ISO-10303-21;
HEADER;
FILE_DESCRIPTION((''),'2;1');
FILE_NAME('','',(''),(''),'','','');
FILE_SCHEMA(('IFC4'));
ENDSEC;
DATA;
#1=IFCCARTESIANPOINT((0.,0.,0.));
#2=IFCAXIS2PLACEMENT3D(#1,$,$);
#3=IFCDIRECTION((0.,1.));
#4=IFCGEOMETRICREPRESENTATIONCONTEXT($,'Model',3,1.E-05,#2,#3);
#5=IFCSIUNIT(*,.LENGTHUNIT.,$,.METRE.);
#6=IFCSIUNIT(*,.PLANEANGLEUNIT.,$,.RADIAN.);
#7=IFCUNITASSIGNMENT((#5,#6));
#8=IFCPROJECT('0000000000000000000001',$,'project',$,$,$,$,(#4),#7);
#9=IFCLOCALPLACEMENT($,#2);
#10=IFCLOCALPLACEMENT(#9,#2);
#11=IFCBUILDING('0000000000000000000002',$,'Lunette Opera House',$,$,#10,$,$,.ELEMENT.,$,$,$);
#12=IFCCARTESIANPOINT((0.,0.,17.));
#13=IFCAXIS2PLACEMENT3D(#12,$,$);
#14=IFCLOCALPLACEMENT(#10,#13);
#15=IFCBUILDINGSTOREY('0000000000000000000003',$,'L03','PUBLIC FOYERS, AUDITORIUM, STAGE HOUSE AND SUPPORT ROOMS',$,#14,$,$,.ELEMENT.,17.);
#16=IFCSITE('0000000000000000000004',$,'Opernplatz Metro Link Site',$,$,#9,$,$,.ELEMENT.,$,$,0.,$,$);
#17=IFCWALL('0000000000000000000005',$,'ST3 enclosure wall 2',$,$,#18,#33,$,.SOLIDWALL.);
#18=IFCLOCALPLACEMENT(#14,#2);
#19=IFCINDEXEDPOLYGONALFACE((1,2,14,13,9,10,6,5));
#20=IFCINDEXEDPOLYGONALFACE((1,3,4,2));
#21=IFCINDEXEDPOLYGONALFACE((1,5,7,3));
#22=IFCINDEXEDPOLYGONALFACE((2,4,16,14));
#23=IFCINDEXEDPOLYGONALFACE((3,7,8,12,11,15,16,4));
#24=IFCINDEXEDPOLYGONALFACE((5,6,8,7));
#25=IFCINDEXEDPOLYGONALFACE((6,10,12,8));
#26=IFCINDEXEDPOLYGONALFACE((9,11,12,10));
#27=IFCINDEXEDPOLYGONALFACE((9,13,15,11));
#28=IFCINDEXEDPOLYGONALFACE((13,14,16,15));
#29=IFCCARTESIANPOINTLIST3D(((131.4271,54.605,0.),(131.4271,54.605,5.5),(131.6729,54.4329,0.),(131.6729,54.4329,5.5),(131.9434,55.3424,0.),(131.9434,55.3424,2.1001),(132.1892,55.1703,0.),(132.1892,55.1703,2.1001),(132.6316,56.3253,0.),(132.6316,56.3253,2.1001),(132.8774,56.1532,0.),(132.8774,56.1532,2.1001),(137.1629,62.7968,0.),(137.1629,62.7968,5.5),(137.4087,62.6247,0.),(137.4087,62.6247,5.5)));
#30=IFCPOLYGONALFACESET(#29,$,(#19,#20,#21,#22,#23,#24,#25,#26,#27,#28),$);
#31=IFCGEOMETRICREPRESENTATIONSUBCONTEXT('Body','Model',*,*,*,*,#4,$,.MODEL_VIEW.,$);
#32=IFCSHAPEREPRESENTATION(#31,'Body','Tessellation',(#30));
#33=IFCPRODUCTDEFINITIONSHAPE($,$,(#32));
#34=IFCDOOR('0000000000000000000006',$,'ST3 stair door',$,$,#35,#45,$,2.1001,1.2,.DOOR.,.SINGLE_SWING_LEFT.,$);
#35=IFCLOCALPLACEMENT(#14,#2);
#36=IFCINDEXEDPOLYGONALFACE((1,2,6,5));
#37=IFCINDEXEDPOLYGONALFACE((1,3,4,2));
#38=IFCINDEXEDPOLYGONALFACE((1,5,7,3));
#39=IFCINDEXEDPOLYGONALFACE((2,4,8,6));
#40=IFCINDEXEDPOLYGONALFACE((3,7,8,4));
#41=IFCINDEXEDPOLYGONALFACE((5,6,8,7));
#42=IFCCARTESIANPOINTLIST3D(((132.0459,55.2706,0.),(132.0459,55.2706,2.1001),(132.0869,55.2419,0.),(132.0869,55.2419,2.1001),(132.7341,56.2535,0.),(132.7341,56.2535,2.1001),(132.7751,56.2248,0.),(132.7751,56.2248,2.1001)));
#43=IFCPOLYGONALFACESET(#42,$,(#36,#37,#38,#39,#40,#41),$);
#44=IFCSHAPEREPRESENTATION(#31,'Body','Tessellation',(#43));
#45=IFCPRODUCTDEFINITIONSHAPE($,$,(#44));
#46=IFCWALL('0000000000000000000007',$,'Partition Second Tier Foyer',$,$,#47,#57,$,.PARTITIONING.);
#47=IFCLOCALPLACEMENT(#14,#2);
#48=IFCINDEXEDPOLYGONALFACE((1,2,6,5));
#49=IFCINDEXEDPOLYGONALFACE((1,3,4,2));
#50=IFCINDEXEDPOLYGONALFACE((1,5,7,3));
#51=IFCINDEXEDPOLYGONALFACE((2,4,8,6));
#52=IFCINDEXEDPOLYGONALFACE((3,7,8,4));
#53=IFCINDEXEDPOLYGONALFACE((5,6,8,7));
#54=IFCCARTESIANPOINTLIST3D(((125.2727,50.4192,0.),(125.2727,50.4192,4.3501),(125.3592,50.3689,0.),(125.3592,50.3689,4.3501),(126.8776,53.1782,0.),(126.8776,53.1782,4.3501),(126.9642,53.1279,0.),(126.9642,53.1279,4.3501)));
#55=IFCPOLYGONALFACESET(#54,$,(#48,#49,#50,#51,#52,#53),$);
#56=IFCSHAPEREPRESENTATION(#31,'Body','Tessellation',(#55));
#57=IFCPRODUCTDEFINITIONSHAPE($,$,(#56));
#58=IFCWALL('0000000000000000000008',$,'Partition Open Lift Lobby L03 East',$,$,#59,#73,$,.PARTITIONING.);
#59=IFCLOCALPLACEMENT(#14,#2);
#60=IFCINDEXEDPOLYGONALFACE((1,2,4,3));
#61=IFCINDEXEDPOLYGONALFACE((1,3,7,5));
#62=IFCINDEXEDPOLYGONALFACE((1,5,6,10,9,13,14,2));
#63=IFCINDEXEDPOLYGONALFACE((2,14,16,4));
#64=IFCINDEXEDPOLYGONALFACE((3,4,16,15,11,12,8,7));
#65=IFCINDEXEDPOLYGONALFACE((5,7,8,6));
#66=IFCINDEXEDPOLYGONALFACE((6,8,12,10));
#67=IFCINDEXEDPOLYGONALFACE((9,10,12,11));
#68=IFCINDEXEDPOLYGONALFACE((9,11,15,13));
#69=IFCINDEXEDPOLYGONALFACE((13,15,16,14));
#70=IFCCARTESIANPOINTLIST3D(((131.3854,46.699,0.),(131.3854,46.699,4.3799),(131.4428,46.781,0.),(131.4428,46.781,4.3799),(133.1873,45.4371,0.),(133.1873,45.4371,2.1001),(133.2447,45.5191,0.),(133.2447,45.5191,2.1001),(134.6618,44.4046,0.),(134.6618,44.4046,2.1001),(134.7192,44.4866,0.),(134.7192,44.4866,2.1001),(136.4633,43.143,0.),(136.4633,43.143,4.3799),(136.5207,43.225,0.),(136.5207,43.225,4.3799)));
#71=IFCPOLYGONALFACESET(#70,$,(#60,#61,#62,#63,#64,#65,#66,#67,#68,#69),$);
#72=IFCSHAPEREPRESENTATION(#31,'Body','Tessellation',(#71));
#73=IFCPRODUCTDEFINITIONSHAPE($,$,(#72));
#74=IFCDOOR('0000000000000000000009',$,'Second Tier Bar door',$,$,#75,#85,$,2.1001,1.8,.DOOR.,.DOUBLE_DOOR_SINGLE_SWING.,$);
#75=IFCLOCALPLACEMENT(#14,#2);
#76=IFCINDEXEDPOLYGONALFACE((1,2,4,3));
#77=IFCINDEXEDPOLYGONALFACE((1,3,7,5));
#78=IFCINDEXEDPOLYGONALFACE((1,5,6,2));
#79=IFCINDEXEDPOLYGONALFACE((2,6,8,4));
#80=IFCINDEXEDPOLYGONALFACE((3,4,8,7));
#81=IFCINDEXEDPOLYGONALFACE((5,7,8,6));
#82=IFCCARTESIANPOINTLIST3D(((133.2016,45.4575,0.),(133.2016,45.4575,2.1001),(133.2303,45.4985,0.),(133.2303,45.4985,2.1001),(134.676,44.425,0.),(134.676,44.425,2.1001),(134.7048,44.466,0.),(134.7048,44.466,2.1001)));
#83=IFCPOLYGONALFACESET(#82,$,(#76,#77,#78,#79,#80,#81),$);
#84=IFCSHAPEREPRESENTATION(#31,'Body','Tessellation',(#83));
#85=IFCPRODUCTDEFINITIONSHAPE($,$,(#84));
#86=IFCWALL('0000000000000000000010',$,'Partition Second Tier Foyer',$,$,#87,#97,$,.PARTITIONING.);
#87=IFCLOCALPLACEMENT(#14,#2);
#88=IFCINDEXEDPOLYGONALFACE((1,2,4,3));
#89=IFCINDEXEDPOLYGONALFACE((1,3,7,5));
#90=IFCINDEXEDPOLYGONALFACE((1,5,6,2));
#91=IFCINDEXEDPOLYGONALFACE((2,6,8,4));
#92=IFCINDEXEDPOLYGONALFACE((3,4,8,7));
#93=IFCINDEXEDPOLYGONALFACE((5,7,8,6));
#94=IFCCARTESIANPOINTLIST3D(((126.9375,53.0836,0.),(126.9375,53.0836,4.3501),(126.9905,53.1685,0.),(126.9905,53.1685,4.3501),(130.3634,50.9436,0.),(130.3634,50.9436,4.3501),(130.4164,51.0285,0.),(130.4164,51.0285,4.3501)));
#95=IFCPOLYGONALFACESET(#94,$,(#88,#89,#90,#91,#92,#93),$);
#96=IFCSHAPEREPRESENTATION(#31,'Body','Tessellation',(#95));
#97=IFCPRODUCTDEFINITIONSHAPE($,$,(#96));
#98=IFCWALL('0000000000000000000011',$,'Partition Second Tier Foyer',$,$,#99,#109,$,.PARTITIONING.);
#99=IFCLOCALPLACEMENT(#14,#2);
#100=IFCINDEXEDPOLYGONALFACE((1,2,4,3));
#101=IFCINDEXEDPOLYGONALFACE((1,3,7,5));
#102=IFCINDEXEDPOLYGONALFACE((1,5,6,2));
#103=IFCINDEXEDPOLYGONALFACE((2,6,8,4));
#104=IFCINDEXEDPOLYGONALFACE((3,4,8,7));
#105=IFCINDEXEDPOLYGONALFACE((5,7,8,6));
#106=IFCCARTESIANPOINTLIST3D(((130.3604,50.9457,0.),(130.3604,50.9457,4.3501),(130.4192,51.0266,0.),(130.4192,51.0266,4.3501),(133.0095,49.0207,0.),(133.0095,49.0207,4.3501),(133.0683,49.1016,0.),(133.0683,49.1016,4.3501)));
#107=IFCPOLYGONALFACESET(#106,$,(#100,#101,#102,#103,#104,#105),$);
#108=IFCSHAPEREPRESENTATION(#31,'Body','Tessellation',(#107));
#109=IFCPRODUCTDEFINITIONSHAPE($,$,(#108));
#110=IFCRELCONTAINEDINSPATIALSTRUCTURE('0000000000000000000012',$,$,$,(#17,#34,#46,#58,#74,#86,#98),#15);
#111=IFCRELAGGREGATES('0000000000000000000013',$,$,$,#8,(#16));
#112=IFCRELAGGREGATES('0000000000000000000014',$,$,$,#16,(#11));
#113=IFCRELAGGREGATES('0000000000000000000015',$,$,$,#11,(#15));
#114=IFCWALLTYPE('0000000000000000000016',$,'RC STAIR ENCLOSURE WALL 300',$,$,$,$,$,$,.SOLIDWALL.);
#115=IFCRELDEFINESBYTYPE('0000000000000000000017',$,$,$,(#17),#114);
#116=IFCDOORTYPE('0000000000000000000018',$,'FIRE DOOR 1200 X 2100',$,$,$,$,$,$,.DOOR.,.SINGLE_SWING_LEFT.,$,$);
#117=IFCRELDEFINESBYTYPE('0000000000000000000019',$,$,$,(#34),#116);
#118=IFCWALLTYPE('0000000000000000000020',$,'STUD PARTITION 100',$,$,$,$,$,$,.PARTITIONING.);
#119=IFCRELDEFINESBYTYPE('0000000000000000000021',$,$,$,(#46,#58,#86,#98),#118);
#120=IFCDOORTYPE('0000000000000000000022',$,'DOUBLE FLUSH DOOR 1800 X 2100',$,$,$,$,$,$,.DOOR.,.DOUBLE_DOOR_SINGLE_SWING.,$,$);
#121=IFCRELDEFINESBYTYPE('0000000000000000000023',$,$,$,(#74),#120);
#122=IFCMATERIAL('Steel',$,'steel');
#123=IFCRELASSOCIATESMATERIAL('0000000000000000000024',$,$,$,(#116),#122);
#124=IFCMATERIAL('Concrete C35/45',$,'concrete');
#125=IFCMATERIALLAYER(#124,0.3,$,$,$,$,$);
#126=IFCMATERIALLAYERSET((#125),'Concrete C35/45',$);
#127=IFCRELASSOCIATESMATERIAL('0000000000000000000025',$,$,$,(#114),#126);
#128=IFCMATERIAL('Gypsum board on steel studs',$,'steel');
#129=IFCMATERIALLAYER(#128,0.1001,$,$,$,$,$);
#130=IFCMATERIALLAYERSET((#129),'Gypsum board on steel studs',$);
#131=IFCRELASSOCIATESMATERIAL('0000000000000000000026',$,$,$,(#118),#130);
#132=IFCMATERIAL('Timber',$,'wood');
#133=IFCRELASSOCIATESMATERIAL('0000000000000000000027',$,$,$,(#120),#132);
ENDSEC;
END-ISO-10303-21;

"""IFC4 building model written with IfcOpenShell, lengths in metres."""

from ifc_helpers import new_model, si_unit, direction, frame, frame_2d, origin, place, context, subcontext, project, spatial, rectangle, extrude, material, layer, layer_set, type_object, element, fill, save


model = new_model("IFC4")

# Units and contexts
model_context = context("Model", 3, precision=1e-05, world=origin(), true_north=direction((0.0, 1.0)))
body_context = subcontext(model_context, "Body", "Model", "MODEL_VIEW")
ifc_project = project(units=[si_unit("LENGTHUNIT", "METRE"), si_unit("PLANEANGLEUNIT", "RADIAN")], contexts=[model_context])

# Site, building, storey
site_placement = place(None, origin())
site = spatial("IfcSite", under=ifc_project, at=site_placement, Name="Opernplatz Metro Link Site", CompositionType="ELEMENT", RefElevation=0.0)
building_placement = place(site_placement, origin())
building = spatial("IfcBuilding", under=site, at=building_placement, Name="Lunette Opera House", CompositionType="ELEMENT")
storey_placement = place(building_placement, frame((0.0, 0.0, 17.0)))
storey = spatial("IfcBuildingStorey", under=building, at=storey_placement, Name="L03", Description="PUBLIC FOYERS, AUDITORIUM, STAGE HOUSE AND SUPPORT ROOMS", CompositionType="ELEMENT", Elevation=17.0)

# Shared definitions
ifc_material_1 = material(Name="Steel", Category="steel")
door_type_1 = type_object("IfcDoorType", Name="FIRE DOOR 1200 X 2100", OperationType="SINGLE_SWING_LEFT", PredefinedType="DOOR", material=ifc_material_1)

# Wall, opening, door
ifc_material_2 = material(Name="Concrete C35/45", Category="concrete")
ifc_layer_1 = layer(ifc_material_2, 0.3)
ifc_layer_set_1 = layer_set([ifc_layer_1], Name="Concrete C35/45")
wall_type_1 = type_object("IfcWallType", Name="RC STAIR ENCLOSURE WALL 300", PredefinedType="SOLIDWALL", material=ifc_layer_set_1)
wall_1_placement = place(storey_placement, frame((131.55, 54.519, 0.0), z_axis=(0.0, 0.0, 1.0), x_axis=(0.573564, 0.819161, 0.0)))
wall_1 = element("IfcWall", 1, at=wall_1_placement, inside=storey, type_object=wall_type_1, Name="ST3 enclosure wall 2", PredefinedType="SOLIDWALL", context=body_context, shape_type="SweptSolid", body=[
    extrude(rectangle(XDim=10.0002, YDim=0.3, at=frame_2d((5.0, 0.0))), origin(), (0.0, 0.0, 1.0), 5.5),
])
opening_1_placement = place(wall_1_placement, frame((0.8999, 0.0, 0.0)))
opening_1 = element("IfcOpeningElement", 2, at=opening_1_placement, cuts=wall_1, PredefinedType="OPENING", context=body_context, shape_type="SweptSolid", body=[
    extrude(rectangle(XDim=1.2, YDim=2.1001, at=frame_2d((0.6001, 1.05))), frame((0.0, 0.1621, 0.0), z_axis=(0.0, -1.0, 0.0), x_axis=(1.0, 0.0, 0.0)), (0.0, 0.0, 1.0), 0.324),
])
door_1_placement = place(opening_1_placement, origin())
door_1 = element("IfcDoor", 3, at=door_1_placement, inside=storey, type_object=door_type_1, Name="ST3 stair door", OperationType="SINGLE_SWING_LEFT", OverallHeight=2.1001, OverallWidth=1.2, PredefinedType="DOOR", context=body_context, shape_type="SweptSolid", body=[
    extrude(rectangle(XDim=1.2, YDim=2.1001, at=frame_2d((0.6001, 1.05))), frame((0.0, 0.0249, 0.0), z_axis=(0.0, -1.0, 0.0), x_axis=(1.0, 0.0, 0.0)), (0.0, 0.0, 1.0), 0.05),
])
fill(opening_1, door_1)

# Wall
ifc_material_3 = material(Name="Gypsum board on steel studs", Category="steel")
ifc_layer_2 = layer(ifc_material_3, 0.1001)
ifc_layer_set_2 = layer_set([ifc_layer_2], Name="Gypsum board on steel studs")
wall_type_2 = type_object("IfcWallType", Name="STUD PARTITION 100", PredefinedType="PARTITIONING", material=ifc_layer_set_2)
wall_2_placement = place(storey_placement, frame((125.3159, 50.394, 0.0), z_axis=(0.0, 0.0, 1.0), x_axis=(0.502829, 0.864386, 0.0)))
element("IfcWall", 4, at=wall_2_placement, inside=storey, type_object=wall_type_2, Name="Partition Second Tier Foyer", PredefinedType="PARTITIONING", context=body_context, shape_type="SweptSolid", body=[
    extrude(rectangle(XDim=3.1919, YDim=0.1001, at=frame_2d((1.5959, 0.0))), origin(), (0.0, 0.0, 1.0), 4.3501),
])

# Wall, opening, door
wall_3_placement = place(storey_placement, frame((131.4141, 46.74, 0.0), z_axis=(0.0, 0.0, 1.0), x_axis=(0.819126, -0.573613, 0.0)))
wall_3 = element("IfcWall", 5, at=wall_3_placement, inside=storey, type_object=wall_type_2, Name="Partition Open Lift Lobby L03 East", PredefinedType="PARTITIONING", context=body_context, shape_type="SweptSolid", body=[
    extrude(rectangle(XDim=6.1992, YDim=0.1001, at=frame_2d((3.0996, 0.0))), origin(), (0.0, 0.0, 1.0), 4.3799),
])
opening_2_placement = place(wall_3_placement, frame((2.2, 0.0, 0.0)))
opening_2 = element("IfcOpeningElement", 6, at=opening_2_placement, cuts=wall_3, PredefinedType="OPENING", context=body_context, shape_type="SweptSolid", body=[
    extrude(rectangle(XDim=1.8, YDim=2.1001, at=frame_2d((0.8999, 1.05))), frame((0.0, 0.062, 0.0), z_axis=(0.0, -1.0, 0.0), x_axis=(1.0, 0.0, 0.0)), (0.0, 0.0, 1.0), 0.124),
])
ifc_material_4 = material(Name="Timber", Category="wood")
door_type_2 = type_object("IfcDoorType", Name="DOUBLE FLUSH DOOR 1800 X 2100", OperationType="DOUBLE_DOOR_SINGLE_SWING", PredefinedType="DOOR", material=ifc_material_4)
door_2_placement = place(opening_2_placement, origin())
door_2 = element("IfcDoor", 7, at=door_2_placement, inside=storey, type_object=door_type_2, Name="Second Tier Bar door", OperationType="DOUBLE_DOOR_SINGLE_SWING", OverallHeight=2.1001, OverallWidth=1.8, PredefinedType="DOOR", context=body_context, shape_type="SweptSolid", body=[
    extrude(rectangle(XDim=1.8, YDim=2.1001, at=frame_2d((0.8999, 1.05))), frame((0.0, 0.0249, 0.0), z_axis=(0.0, -1.0, 0.0), x_axis=(1.0, 0.0, 0.0)), (0.0, 0.0, 1.0), 0.05),
])
fill(opening_2, door_2)

# Walls
wall_4_placement = place(storey_placement, frame((126.9641, 53.126, 0.0), z_axis=(0.0, 0.0, 1.0), x_axis=(0.848134, -0.529782, 0.0)))
element("IfcWall", 8, at=wall_4_placement, inside=storey, type_object=wall_type_2, Name="Partition Second Tier Foyer", PredefinedType="PARTITIONING", context=body_context, shape_type="SweptSolid", body=[
    extrude(rectangle(XDim=4.0393, YDim=0.1001, at=frame_2d((2.0195, 0.0))), origin(), (0.0, 0.0, 1.0), 4.3501),
])
wall_5_placement = place(storey_placement, frame((130.3899, 50.9861, 0.0), z_axis=(0.0, 0.0, 1.0), x_axis=(0.808971, -0.587848, 0.0)))
element("IfcWall", 9, at=wall_5_placement, inside=storey, type_object=wall_type_2, Name="Partition Second Tier Foyer", PredefinedType="PARTITIONING", context=body_context, shape_type="SweptSolid", body=[
    extrude(rectangle(XDim=3.2747, YDim=0.1001, at=frame_2d((1.6372, 0.0))), origin(), (0.0, 0.0, 1.0), 4.3501),
])

save(model, "model.ifc")
